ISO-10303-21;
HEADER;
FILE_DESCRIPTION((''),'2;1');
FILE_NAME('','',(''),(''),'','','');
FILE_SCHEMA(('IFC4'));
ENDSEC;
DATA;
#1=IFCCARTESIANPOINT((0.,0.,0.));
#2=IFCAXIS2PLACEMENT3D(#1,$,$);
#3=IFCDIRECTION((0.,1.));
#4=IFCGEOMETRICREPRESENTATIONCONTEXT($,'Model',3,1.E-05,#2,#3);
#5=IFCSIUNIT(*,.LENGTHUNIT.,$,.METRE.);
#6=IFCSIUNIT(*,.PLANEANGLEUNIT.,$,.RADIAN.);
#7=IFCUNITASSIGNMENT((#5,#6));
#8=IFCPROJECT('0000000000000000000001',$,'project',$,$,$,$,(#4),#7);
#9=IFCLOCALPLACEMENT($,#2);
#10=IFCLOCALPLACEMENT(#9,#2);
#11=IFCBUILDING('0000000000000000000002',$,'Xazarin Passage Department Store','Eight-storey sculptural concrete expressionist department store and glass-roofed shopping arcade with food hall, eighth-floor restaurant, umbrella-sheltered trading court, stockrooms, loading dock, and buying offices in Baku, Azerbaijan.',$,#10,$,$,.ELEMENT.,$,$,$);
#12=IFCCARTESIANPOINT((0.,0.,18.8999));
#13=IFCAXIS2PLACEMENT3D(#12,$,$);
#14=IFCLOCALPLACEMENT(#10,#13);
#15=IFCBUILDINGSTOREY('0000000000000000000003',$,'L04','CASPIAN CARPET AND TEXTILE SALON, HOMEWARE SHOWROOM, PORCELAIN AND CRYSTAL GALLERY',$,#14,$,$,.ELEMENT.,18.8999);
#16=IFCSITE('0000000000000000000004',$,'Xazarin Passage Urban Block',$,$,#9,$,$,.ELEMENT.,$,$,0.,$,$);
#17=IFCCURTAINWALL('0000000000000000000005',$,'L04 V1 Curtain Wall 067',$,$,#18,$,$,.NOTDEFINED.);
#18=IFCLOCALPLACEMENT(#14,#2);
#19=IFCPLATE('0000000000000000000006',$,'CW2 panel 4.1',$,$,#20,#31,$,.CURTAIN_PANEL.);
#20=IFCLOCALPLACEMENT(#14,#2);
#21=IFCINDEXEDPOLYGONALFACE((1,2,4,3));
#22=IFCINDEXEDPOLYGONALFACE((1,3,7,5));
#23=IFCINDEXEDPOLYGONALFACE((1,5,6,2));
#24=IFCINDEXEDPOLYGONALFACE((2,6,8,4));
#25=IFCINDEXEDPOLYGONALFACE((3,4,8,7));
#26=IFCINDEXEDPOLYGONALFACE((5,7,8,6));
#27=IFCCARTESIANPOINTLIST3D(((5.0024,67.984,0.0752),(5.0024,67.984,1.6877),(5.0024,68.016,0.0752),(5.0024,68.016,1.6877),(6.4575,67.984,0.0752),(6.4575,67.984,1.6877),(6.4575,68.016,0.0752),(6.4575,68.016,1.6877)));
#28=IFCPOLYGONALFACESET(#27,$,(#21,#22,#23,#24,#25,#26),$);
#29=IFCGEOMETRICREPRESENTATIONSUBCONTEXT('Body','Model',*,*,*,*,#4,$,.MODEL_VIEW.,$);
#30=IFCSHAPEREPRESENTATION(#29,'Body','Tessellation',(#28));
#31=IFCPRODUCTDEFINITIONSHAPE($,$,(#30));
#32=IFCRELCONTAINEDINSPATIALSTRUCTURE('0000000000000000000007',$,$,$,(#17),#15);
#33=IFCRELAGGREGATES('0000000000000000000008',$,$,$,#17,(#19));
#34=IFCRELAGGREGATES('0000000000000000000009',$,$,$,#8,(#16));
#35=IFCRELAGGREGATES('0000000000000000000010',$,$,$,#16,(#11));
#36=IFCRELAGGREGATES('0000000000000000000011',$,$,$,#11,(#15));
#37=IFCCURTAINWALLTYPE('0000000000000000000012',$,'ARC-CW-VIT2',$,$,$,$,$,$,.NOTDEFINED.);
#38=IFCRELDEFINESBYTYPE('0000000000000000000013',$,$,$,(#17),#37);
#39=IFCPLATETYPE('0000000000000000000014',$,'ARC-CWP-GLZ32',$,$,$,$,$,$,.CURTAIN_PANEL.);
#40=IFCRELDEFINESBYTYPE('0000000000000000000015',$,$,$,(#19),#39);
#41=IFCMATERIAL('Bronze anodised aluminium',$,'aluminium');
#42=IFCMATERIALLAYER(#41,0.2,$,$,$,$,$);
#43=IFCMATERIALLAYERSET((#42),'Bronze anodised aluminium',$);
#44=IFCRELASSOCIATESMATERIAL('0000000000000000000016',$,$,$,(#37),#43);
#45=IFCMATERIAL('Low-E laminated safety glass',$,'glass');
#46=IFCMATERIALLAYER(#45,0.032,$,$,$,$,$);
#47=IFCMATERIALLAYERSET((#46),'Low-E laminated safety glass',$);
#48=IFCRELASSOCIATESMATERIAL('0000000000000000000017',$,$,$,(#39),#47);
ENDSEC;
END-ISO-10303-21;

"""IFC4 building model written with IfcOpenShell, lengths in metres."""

from ifc_helpers import new_model, si_unit, direction, frame, origin, origin_2d, place, context, subcontext, project, spatial, rectangle, extrude, material, layer, layer_set, type_object, element, aggregate, save


model = new_model("IFC4")

# Units and contexts
model_context = context("Model", 3, precision=1e-05, world=origin(), true_north=direction((0.0, 1.0)))
body_context = subcontext(model_context, "Body", "Model", "MODEL_VIEW")
ifc_project = project(units=[si_unit("LENGTHUNIT", "METRE"), si_unit("PLANEANGLEUNIT", "RADIAN")], contexts=[model_context])

# Site, building, storey
site_placement = place(None, origin())
site = spatial("IfcSite", under=ifc_project, at=site_placement, Name="Xazarin Passage Urban Block", CompositionType="ELEMENT", RefElevation=0.0)
building_placement = place(site_placement, origin())
building = spatial("IfcBuilding", under=site, at=building_placement, Name="Xazarin Passage Department Store", Description="Eight-storey sculptural concrete expressionist department store and glass-roofed shopping arcade with food hall, eighth-floor restaurant, umbrella-sheltered trading court, stockrooms, loading dock, and buying offices in Baku, Azerbaijan.", CompositionType="ELEMENT")
storey_placement = place(building_placement, frame((0.0, 0.0, 18.8999)))
storey = spatial("IfcBuildingStorey", under=building, at=storey_placement, Name="L04", Description="CASPIAN CARPET AND TEXTILE SALON, HOMEWARE SHOWROOM, PORCELAIN AND CRYSTAL GALLERY", CompositionType="ELEMENT", Elevation=18.8999)

# Curtain wall
ifc_material_1 = material(Name="Bronze anodised aluminium", Category="aluminium")
ifc_layer_1 = layer(ifc_material_1, 0.2)
ifc_layer_set_1 = layer_set([ifc_layer_1], Name="Bronze anodised aluminium")
curtain_wall_type = type_object("IfcCurtainWallType", Name="ARC-CW-VIT2", PredefinedType="NOTDEFINED", material=ifc_layer_set_1)
curtain_wall_placement = place(storey_placement, origin())
curtain_wall = element("IfcCurtainWall", 1, at=curtain_wall_placement, inside=storey, type_object=curtain_wall_type, Name="L04 V1 Curtain Wall 067", PredefinedType="NOTDEFINED")

# Plate
ifc_material_2 = material(Name="Low-E laminated safety glass", Category="glass")
ifc_layer_2 = layer(ifc_material_2, 0.032)
ifc_layer_set_2 = layer_set([ifc_layer_2], Name="Low-E laminated safety glass")
plate_type = type_object("IfcPlateType", Name="ARC-CWP-GLZ32", PredefinedType="CURTAIN_PANEL", material=ifc_layer_set_2)
plate_1_placement = place(storey_placement, frame((5.73, 68.0, 0.0752), z_axis=(0.0, 0.0, 1.0), x_axis=(1.0, 0.0, 0.0)))
plate_1 = element("IfcPlate", 2, at=plate_1_placement, type_object=plate_type, Name="CW2 panel 4.1", PredefinedType="CURTAIN_PANEL", context=body_context, shape_type="SweptSolid", body=[
    extrude(rectangle(XDim=1.4551, YDim=0.032, at=origin_2d()), origin(), (0.0, 0.0, 1.0), 1.6125),
])
aggregate(curtain_wall, [plate_1])

save(model, "model.ifc")
